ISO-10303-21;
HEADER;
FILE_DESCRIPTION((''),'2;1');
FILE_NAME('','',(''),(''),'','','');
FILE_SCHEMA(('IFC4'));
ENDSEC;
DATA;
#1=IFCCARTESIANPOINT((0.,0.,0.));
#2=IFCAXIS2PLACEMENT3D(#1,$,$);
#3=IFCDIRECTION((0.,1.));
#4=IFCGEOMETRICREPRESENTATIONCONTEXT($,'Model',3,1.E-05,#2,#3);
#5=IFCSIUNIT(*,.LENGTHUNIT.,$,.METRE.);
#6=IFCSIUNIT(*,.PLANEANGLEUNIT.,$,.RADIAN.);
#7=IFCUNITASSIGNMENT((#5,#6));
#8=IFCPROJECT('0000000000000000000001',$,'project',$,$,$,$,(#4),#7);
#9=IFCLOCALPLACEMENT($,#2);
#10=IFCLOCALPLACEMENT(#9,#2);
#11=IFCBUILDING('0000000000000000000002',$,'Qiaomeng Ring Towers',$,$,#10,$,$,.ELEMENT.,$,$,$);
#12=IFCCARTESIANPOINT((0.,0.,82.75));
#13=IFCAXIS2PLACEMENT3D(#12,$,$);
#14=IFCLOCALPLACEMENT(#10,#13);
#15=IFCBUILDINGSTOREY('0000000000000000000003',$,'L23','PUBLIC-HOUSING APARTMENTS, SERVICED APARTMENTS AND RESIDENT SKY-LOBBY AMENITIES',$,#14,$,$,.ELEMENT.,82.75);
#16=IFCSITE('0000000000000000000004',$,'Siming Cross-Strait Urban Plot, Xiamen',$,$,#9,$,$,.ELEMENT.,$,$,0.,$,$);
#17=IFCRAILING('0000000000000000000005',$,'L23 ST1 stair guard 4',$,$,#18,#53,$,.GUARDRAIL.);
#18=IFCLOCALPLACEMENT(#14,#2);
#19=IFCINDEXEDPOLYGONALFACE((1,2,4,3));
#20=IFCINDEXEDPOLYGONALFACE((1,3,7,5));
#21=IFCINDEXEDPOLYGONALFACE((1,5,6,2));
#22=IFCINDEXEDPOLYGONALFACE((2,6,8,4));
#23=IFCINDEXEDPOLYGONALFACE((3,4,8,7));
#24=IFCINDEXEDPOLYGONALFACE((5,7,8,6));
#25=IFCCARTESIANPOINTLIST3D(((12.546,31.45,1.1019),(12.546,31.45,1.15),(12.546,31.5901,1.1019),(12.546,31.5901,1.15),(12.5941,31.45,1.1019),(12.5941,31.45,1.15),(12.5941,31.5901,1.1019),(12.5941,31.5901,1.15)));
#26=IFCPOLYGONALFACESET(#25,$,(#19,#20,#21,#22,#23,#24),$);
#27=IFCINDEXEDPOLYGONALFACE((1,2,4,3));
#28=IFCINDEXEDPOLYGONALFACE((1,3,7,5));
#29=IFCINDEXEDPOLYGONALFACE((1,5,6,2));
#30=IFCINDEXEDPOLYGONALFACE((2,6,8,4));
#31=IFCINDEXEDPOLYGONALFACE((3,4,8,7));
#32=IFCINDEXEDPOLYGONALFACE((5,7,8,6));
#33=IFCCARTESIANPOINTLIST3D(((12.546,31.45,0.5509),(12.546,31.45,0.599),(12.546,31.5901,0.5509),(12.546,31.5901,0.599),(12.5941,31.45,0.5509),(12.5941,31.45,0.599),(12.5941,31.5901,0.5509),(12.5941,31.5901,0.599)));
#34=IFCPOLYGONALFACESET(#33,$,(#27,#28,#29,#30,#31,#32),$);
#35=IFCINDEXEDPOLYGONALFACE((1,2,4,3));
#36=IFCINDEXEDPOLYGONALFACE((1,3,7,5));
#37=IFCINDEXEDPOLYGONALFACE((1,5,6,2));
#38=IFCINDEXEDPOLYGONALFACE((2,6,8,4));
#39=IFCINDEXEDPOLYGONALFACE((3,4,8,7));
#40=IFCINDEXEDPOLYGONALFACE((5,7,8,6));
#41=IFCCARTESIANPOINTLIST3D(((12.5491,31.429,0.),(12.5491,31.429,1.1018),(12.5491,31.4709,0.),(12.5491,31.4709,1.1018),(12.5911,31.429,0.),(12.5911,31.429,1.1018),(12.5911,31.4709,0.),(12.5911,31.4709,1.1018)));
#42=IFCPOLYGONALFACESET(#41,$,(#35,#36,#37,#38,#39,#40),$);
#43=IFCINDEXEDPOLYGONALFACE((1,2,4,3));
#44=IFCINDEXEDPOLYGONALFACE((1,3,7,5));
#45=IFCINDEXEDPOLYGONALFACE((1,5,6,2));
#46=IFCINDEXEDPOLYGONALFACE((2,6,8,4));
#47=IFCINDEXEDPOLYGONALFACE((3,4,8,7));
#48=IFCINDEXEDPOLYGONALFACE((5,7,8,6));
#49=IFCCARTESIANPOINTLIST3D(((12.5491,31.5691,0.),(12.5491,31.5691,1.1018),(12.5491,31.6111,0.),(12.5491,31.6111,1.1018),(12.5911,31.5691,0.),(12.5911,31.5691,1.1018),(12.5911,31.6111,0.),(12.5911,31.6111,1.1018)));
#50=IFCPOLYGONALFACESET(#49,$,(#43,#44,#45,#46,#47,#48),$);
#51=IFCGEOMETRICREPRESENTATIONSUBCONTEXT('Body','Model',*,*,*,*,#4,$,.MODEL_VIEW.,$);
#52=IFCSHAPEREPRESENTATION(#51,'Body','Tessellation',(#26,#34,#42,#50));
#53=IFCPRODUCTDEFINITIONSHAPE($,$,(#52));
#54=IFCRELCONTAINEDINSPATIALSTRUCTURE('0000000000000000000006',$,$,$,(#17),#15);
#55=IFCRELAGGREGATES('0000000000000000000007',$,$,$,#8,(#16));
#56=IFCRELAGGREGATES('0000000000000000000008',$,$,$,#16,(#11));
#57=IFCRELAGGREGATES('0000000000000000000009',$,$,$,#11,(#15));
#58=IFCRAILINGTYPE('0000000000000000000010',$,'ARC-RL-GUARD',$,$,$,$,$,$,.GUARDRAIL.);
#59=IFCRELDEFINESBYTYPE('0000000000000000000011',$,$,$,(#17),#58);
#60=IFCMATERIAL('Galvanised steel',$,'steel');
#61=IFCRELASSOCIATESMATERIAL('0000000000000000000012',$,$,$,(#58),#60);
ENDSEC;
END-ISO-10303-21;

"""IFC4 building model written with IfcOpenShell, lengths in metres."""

from ifc_helpers import new_model, si_unit, direction, frame, origin, origin_2d, place, context, subcontext, project, spatial, rectangle, extrude, material, type_object, element, save


model = new_model("IFC4")

# Units and contexts
model_context = context("Model", 3, precision=1e-05, world=origin(), true_north=direction((0.0, 1.0)))
body_context = subcontext(model_context, "Body", "Model", "MODEL_VIEW")
ifc_project = project(units=[si_unit("LENGTHUNIT", "METRE"), si_unit("PLANEANGLEUNIT", "RADIAN")], contexts=[model_context])

# Site, building, storey
site_placement = place(None, origin())
site = spatial("IfcSite", under=ifc_project, at=site_placement, Name="Siming Cross-Strait Urban Plot, Xiamen", CompositionType="ELEMENT", RefElevation=0.0)
building_placement = place(site_placement, origin())
building = spatial("IfcBuilding", under=site, at=building_placement, Name="Qiaomeng Ring Towers", CompositionType="ELEMENT")
storey_placement = place(building_placement, frame((0.0, 0.0, 82.75)))
storey = spatial("IfcBuildingStorey", under=building, at=storey_placement, Name="L23", Description="PUBLIC-HOUSING APARTMENTS, SERVICED APARTMENTS AND RESIDENT SKY-LOBBY AMENITIES", CompositionType="ELEMENT", Elevation=82.75)

# Shared definitions
ifc_material_1 = material(Name="Galvanised steel", Category="steel")

# Railing
railing_type_1 = type_object("IfcRailingType", Name="ARC-RL-GUARD", PredefinedType="GUARDRAIL", material=ifc_material_1)
railing_1_placement = place(storey_placement, frame((12.5701, 31.45, 0.0)))
element("IfcRailing", 1, at=railing_1_placement, inside=storey, type_object=railing_type_1, Name="L23 ST1 stair guard 4", PredefinedType="GUARDRAIL", context=body_context, shape_type="SweptSolid", body=[
    extrude(rectangle(XDim=0.0481, YDim=0.0481, at=origin_2d()), frame((0.0, 0.0, 1.126), z_axis=(0.0, 1.0, 0.0), x_axis=(-1.0, 0.0, 0.0)), (0.0, 0.0, 1.0), 0.1401),
    extrude(rectangle(XDim=0.0481, YDim=0.0481, at=origin_2d()), frame((0.0, 0.0, 0.575), z_axis=(0.0, 1.0, 0.0), x_axis=(-1.0, 0.0, 0.0)), (0.0, 0.0, 1.0), 0.1401),
    extrude(rectangle(XDim=0.042, YDim=0.042, at=origin_2d()), origin(), (0.0, 0.0, 1.0), 1.1018),
    extrude(rectangle(XDim=0.042, YDim=0.042, at=origin_2d()), frame((0.0, 0.1401, 0.0)), (0.0, 0.0, 1.0), 1.1018),
])

save(model, "model.ifc")
